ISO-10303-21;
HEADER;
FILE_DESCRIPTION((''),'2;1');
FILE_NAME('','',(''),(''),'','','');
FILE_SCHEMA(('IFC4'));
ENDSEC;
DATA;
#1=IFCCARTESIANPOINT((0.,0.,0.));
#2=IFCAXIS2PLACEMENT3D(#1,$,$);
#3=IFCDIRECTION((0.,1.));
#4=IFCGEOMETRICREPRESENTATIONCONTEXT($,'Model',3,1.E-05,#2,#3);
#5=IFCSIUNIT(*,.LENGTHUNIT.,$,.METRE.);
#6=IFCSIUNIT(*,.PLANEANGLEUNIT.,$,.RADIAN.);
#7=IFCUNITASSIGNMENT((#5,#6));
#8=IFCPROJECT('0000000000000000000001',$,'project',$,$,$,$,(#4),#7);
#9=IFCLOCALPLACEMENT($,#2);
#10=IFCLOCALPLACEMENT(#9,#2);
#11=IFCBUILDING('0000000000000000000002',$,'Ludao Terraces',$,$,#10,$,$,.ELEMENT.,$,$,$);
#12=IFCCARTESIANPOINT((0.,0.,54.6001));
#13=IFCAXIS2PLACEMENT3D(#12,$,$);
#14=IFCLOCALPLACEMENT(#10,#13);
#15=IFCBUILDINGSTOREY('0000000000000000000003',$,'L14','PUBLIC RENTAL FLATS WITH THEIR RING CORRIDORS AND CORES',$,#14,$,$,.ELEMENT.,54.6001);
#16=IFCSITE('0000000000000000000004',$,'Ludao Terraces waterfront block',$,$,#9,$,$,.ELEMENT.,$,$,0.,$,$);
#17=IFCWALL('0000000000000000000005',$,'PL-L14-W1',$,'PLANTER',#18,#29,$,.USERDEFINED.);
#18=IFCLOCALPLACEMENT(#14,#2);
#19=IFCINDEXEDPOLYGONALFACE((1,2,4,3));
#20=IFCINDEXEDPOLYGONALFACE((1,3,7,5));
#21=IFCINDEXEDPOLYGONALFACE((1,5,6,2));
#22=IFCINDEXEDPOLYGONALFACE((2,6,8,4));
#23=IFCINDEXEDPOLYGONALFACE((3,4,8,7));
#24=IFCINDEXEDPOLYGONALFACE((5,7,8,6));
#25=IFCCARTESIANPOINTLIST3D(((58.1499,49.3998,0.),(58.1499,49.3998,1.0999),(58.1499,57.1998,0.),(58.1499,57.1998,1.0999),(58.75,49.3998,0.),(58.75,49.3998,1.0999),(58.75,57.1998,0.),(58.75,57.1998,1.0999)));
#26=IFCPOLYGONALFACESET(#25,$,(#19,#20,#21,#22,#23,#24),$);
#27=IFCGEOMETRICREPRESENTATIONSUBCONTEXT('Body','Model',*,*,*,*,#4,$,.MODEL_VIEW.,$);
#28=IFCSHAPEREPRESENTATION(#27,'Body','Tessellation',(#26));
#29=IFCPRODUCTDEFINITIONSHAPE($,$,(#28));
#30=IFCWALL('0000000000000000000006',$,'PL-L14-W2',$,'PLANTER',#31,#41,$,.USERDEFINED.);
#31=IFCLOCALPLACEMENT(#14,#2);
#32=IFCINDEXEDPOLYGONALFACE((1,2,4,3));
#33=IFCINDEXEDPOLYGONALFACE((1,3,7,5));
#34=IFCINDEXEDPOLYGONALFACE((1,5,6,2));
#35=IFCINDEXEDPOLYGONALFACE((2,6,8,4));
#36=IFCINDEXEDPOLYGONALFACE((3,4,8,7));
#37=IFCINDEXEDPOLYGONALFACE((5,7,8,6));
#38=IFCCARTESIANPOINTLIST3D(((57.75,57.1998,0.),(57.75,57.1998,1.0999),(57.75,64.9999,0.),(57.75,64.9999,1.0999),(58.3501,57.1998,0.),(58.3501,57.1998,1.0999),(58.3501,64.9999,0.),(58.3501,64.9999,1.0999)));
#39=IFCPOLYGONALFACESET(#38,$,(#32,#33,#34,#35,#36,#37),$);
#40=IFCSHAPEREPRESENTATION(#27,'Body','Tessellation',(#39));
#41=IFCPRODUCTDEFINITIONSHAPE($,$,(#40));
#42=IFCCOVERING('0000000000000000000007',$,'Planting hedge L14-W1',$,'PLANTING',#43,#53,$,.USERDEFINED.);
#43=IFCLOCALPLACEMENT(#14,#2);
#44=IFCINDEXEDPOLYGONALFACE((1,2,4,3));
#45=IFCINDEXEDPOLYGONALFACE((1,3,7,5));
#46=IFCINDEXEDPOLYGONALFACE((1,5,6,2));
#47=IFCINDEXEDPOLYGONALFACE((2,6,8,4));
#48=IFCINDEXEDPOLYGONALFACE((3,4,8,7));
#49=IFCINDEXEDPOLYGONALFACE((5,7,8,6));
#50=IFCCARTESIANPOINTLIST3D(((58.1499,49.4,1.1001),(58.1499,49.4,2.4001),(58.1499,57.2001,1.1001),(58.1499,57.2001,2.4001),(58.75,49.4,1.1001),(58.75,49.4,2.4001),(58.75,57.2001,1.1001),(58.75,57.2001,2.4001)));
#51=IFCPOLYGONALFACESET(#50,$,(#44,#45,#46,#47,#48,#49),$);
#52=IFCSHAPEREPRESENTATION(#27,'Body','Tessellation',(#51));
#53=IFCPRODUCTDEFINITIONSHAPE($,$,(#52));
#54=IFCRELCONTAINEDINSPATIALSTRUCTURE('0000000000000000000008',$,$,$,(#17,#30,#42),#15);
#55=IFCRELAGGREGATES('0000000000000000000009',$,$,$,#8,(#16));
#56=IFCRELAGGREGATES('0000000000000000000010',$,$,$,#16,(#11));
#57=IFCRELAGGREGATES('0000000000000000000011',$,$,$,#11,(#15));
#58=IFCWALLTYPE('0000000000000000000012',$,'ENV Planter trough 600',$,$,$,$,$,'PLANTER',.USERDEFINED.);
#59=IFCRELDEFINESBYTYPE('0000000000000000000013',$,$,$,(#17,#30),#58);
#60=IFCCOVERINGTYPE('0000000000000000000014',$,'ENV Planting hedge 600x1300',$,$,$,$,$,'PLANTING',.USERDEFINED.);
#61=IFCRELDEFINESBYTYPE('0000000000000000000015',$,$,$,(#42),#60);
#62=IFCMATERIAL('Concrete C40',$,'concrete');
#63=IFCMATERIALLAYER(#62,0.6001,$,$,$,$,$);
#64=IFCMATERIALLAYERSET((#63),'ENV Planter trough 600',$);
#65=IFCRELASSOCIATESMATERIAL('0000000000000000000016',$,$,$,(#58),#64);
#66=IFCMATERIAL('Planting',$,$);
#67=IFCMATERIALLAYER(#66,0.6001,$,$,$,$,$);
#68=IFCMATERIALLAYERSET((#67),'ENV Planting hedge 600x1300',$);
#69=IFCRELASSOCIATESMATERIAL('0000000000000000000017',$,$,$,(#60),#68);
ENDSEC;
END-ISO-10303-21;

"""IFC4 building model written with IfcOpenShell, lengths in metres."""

from ifc_helpers import new_model, si_unit, direction, frame, frame_2d, origin, origin_2d, place, context, subcontext, project, spatial, rectangle, extrude, material, layer, layer_set, type_object, element, save


model = new_model("IFC4")

# Units and contexts
model_context = context("Model", 3, precision=1e-05, world=origin(), true_north=direction((0.0, 1.0)))
body_context = subcontext(model_context, "Body", "Model", "MODEL_VIEW")
ifc_project = project(units=[si_unit("LENGTHUNIT", "METRE"), si_unit("PLANEANGLEUNIT", "RADIAN")], contexts=[model_context])

# Site, building, storey
site_placement = place(None, origin())
site = spatial("IfcSite", under=ifc_project, at=site_placement, Name="Ludao Terraces waterfront block", CompositionType="ELEMENT", RefElevation=0.0)
building_placement = place(site_placement, origin())
building = spatial("IfcBuilding", under=site, at=building_placement, Name="Ludao Terraces", CompositionType="ELEMENT")
storey_placement = place(building_placement, frame((0.0, 0.0, 54.6001)))
storey = spatial("IfcBuildingStorey", under=building, at=storey_placement, Name="L14", Description="PUBLIC RENTAL FLATS WITH THEIR RING CORRIDORS AND CORES", CompositionType="ELEMENT", Elevation=54.6001)

# Shared definitions
ifc_material_1 = material(Name="Concrete C40", Category="concrete")

# Walls
ifc_layer_1 = layer(ifc_material_1, 0.6001)
ifc_layer_set_1 = layer_set([ifc_layer_1], Name="ENV Planter trough 600")
wall_type = type_object("IfcWallType", Name="ENV Planter trough 600", ElementType="PLANTER", PredefinedType="USERDEFINED", material=ifc_layer_set_1)
for number, where, z_axis, x_axis, name in (
    (1, (58.45, 49.3999, 0.0), (0.0, 0.0, 1.0), (0.0, 1.0, 0.0), "PL-L14-W1"),
    (2, (58.05, 57.2, 0.0), (0.0, 0.0, 1.0), (0.0, 1.0, 0.0), "PL-L14-W2"),
):
    element("IfcWall", number, at=place(storey_placement, frame(where, z_axis=z_axis, x_axis=x_axis)), inside=storey, type_object=wall_type, Name=name, ObjectType="PLANTER", PredefinedType="USERDEFINED", context=body_context, shape_type="SweptSolid", body=[
        extrude(rectangle(XDim=7.8, YDim=0.6001, at=frame_2d((3.8999, 0.0))), origin(), (0.0, 0.0, 1.0), 1.0999),
    ])

# Covering
ifc_material_2 = material(Name="Planting")
ifc_layer_2 = layer(ifc_material_2, 0.6001)
ifc_layer_set_2 = layer_set([ifc_layer_2], Name="ENV Planting hedge 600x1300")
covering_type = type_object("IfcCoveringType", Name="ENV Planting hedge 600x1300", ElementType="PLANTING", PredefinedType="USERDEFINED", material=ifc_layer_set_2)
covering_placement = place(storey_placement, frame((58.45, 53.3, 1.1001), z_axis=(0.0, 0.0, 1.0), x_axis=(1.0, 0.0, 0.0)))
element("IfcCovering", 3, at=covering_placement, inside=storey, type_object=covering_type, Name="Planting hedge L14-W1", ObjectType="PLANTING", PredefinedType="USERDEFINED", context=body_context, shape_type="SweptSolid", body=[
    extrude(rectangle(XDim=0.6001, YDim=7.8, at=origin_2d()), origin(), (0.0, 0.0, 1.0), 1.3),
])

save(model, "model.ifc")
